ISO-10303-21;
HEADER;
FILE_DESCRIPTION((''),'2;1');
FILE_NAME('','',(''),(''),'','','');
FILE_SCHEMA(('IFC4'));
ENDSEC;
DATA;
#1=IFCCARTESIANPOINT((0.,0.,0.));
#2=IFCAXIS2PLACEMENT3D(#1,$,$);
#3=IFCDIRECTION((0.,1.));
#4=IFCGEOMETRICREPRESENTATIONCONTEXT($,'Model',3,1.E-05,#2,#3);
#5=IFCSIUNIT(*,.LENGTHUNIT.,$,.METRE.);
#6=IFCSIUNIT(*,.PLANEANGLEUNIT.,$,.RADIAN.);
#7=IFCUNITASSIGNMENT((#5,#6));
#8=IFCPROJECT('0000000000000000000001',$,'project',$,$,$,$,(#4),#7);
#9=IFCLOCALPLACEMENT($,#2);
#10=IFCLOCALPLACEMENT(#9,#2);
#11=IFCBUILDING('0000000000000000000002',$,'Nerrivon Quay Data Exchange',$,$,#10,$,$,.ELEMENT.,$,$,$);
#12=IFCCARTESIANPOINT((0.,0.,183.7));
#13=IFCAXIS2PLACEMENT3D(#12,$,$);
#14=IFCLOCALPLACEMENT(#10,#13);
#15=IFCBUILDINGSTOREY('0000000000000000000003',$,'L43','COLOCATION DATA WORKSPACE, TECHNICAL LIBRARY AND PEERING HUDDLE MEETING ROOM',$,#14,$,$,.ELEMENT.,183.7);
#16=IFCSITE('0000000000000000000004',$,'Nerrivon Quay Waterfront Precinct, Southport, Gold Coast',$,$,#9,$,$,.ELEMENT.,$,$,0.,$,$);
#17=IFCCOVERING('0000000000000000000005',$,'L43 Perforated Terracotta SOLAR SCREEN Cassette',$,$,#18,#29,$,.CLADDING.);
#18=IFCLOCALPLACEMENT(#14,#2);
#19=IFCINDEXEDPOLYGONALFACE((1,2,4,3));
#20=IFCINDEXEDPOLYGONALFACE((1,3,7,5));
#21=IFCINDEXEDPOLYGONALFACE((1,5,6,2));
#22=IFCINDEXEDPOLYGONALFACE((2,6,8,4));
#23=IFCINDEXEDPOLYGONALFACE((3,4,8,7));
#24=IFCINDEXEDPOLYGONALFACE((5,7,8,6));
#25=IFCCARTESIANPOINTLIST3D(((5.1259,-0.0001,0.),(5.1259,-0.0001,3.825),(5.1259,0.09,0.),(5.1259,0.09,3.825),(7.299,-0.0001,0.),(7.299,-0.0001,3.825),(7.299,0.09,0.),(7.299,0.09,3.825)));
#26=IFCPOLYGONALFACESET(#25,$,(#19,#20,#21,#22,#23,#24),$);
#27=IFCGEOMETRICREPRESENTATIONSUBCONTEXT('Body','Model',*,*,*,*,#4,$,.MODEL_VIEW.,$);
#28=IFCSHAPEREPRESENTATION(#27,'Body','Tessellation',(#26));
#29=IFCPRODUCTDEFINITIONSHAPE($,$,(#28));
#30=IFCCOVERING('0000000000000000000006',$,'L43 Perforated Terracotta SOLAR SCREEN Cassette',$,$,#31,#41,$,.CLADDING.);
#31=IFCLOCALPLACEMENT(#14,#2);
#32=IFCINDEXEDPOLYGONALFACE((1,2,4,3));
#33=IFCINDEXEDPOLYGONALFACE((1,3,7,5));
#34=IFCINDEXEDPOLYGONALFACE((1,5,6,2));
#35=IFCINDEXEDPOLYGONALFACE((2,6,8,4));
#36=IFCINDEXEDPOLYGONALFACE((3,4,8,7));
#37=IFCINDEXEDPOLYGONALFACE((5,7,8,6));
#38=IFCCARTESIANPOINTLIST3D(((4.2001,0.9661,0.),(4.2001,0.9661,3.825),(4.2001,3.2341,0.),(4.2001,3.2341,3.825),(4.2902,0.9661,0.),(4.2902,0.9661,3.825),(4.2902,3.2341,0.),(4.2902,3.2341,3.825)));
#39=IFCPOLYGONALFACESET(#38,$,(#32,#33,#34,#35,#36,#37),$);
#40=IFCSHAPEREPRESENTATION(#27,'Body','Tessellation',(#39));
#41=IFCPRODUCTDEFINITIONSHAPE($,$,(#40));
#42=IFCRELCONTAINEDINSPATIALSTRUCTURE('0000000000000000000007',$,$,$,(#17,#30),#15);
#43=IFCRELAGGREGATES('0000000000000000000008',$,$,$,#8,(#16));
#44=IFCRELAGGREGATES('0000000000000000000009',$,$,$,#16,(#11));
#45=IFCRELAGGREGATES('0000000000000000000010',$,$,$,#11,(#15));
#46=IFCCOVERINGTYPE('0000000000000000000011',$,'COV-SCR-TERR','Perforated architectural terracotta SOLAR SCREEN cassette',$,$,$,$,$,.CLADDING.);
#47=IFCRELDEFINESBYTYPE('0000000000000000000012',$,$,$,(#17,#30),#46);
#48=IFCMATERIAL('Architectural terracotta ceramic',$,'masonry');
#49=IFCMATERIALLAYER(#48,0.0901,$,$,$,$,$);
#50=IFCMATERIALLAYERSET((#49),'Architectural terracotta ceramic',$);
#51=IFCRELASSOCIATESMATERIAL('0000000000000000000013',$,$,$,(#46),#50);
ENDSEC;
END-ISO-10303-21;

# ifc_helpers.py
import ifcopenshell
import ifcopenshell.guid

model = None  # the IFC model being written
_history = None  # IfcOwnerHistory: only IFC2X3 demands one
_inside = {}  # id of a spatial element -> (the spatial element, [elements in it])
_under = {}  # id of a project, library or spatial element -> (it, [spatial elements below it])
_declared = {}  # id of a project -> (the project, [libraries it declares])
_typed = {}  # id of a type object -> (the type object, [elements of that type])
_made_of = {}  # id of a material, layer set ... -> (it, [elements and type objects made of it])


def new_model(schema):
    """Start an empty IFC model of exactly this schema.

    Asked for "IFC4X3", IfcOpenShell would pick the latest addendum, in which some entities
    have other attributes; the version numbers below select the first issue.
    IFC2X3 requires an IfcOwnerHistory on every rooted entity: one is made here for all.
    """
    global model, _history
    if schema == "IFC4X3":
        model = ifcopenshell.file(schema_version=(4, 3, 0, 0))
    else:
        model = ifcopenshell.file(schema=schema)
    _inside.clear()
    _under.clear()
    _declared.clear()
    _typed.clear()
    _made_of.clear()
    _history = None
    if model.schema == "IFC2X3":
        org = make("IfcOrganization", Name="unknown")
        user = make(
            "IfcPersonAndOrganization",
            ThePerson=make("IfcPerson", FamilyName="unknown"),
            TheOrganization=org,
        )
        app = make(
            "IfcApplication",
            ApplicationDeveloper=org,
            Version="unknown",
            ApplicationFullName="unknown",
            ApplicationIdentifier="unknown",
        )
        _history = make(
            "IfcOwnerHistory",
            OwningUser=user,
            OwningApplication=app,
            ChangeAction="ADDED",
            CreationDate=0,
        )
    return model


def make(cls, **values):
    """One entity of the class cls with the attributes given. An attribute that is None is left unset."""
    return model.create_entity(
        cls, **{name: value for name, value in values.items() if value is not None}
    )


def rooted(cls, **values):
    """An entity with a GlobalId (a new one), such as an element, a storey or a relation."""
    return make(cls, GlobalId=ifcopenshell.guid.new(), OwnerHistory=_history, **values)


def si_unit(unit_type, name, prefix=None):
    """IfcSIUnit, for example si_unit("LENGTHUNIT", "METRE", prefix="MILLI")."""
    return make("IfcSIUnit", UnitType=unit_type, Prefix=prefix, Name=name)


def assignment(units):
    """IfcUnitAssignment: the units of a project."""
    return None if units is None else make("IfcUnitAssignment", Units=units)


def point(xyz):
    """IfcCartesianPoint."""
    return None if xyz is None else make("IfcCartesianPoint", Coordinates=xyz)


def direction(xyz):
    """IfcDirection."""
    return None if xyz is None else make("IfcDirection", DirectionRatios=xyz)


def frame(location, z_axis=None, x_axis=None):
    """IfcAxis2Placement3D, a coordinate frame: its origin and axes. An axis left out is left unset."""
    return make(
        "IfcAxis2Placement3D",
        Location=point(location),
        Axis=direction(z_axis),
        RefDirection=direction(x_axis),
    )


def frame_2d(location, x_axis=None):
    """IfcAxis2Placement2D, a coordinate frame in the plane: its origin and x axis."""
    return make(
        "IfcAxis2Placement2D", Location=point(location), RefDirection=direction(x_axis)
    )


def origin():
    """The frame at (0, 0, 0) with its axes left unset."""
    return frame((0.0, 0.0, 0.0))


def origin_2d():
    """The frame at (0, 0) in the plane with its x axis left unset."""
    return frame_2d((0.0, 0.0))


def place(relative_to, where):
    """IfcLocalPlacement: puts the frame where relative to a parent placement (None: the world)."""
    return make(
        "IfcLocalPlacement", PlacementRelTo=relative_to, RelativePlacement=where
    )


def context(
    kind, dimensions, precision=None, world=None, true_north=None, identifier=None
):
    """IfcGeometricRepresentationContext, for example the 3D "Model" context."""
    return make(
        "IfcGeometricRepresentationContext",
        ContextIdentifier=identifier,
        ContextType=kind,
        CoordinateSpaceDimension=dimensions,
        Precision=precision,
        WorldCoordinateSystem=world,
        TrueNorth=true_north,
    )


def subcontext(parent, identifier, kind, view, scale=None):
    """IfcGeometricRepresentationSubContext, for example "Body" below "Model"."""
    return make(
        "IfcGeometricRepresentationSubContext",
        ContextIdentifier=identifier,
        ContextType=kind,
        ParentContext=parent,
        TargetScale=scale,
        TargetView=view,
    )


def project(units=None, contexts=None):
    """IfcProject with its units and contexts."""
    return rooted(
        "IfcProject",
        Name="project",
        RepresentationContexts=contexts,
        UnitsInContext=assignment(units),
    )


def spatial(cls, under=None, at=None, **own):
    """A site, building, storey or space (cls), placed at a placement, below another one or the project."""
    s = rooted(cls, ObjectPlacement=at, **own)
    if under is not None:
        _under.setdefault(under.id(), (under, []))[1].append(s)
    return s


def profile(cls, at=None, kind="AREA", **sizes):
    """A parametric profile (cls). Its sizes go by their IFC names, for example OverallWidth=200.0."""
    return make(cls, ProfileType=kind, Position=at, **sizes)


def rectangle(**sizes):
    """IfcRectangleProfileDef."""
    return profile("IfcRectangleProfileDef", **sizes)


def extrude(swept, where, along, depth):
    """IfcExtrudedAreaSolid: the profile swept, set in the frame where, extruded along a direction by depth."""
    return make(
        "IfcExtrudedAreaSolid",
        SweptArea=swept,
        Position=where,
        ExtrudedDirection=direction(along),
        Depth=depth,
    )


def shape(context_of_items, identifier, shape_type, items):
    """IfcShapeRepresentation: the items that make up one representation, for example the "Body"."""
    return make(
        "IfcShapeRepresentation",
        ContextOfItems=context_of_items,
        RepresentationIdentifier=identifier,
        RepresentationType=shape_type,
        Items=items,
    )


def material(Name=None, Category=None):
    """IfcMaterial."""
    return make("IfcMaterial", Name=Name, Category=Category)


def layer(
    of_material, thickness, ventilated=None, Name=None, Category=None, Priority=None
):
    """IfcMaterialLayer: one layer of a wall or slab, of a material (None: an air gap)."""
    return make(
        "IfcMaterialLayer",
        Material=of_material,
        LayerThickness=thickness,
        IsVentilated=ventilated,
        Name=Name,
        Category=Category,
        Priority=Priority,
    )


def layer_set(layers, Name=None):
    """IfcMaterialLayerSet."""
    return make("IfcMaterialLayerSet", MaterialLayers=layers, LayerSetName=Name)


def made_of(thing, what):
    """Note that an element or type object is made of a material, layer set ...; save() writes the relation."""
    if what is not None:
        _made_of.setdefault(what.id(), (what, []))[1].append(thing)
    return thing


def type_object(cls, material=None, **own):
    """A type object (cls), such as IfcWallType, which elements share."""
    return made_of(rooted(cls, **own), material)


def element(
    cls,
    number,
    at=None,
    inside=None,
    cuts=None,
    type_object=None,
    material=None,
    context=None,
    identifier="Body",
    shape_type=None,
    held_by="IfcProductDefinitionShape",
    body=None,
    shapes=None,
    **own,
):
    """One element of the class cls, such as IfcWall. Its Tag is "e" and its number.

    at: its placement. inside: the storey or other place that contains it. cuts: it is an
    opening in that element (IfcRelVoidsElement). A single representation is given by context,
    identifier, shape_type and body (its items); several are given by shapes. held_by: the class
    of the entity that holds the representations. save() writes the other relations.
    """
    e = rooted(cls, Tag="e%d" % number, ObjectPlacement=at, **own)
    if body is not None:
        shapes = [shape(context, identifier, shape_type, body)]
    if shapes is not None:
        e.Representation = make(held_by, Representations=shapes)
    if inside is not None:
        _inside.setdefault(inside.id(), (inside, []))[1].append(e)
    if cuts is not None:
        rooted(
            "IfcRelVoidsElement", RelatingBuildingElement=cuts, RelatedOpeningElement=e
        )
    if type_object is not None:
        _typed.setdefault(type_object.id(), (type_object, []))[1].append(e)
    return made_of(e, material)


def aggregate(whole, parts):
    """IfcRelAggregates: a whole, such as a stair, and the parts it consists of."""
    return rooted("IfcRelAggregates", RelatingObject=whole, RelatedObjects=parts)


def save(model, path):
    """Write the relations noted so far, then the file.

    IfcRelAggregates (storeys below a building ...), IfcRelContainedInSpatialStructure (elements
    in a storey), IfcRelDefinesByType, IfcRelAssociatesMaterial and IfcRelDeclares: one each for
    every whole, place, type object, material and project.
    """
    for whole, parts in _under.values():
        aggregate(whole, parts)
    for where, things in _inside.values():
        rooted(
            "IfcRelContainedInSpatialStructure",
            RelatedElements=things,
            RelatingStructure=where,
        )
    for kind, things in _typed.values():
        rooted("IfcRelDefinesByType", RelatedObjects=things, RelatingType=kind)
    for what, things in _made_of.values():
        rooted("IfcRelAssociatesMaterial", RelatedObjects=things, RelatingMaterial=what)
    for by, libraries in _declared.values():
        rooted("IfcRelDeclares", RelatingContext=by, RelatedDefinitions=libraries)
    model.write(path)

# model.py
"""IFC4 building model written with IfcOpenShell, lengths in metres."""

from ifc_helpers import new_model, si_unit, direction, frame, origin, origin_2d, place, context, subcontext, project, spatial, rectangle, extrude, material, layer, layer_set, type_object, element, save


model = new_model("IFC4")

# Units and contexts
model_context = context("Model", 3, precision=1e-05, world=origin(), true_north=direction((0.0, 1.0)))
body_context = subcontext(model_context, "Body", "Model", "MODEL_VIEW")
ifc_project = project(units=[si_unit("LENGTHUNIT", "METRE"), si_unit("PLANEANGLEUNIT", "RADIAN")], contexts=[model_context])

# Site, building, storey
site_placement = place(None, origin())
site = spatial("IfcSite", under=ifc_project, at=site_placement, Name="Nerrivon Quay Waterfront Precinct, Southport, Gold Coast", CompositionType="ELEMENT", RefElevation=0.0)
building_placement = place(site_placement, origin())
building = spatial("IfcBuilding", under=site, at=building_placement, Name="Nerrivon Quay Data Exchange", CompositionType="ELEMENT")
storey_placement = place(building_placement, frame((0.0, 0.0, 183.7)))
storey = spatial("IfcBuildingStorey", under=building, at=storey_placement, Name="L43", Description="COLOCATION DATA WORKSPACE, TECHNICAL LIBRARY AND PEERING HUDDLE MEETING ROOM", CompositionType="ELEMENT", Elevation=183.7)

# Coverings
ifc_material_1 = material(Name="Architectural terracotta ceramic", Category="masonry")
ifc_layer_1 = layer(ifc_material_1, 0.0901)
ifc_layer_set_1 = layer_set([ifc_layer_1], Name="Architectural terracotta ceramic")
covering_type = type_object("IfcCoveringType", Name="COV-SCR-TERR", Description="Perforated architectural terracotta SOLAR SCREEN cassette", PredefinedType="CLADDING", material=ifc_layer_set_1)
covering_1_placement = place(storey_placement, frame((6.2124, 0.0449, 0.0), z_axis=(0.0, 0.0, 1.0), x_axis=(-1.0, 0.0, 0.0)))
element("IfcCovering", 1, at=covering_1_placement, inside=storey, type_object=covering_type, Name="L43 Perforated Terracotta SOLAR SCREEN Cassette", PredefinedType="CLADDING", context=body_context, shape_type="SweptSolid", body=[
    extrude(rectangle(XDim=2.1731, YDim=0.0901, at=origin_2d()), origin(), (0.0, 0.0, 1.0), 3.825),
])
covering_2_placement = place(storey_placement, frame((4.2451, 2.1001, 0.0), z_axis=(0.0, 0.0, 1.0), x_axis=(0.0, 1.0, 0.0)))
element("IfcCovering", 2, at=covering_2_placement, inside=storey, type_object=covering_type, Name="L43 Perforated Terracotta SOLAR SCREEN Cassette", PredefinedType="CLADDING", context=body_context, shape_type="SweptSolid", body=[
    extrude(rectangle(XDim=2.2681, YDim=0.0901, at=origin_2d()), origin(), (0.0, 0.0, 1.0), 3.825),
])

save(model, "model.ifc")
